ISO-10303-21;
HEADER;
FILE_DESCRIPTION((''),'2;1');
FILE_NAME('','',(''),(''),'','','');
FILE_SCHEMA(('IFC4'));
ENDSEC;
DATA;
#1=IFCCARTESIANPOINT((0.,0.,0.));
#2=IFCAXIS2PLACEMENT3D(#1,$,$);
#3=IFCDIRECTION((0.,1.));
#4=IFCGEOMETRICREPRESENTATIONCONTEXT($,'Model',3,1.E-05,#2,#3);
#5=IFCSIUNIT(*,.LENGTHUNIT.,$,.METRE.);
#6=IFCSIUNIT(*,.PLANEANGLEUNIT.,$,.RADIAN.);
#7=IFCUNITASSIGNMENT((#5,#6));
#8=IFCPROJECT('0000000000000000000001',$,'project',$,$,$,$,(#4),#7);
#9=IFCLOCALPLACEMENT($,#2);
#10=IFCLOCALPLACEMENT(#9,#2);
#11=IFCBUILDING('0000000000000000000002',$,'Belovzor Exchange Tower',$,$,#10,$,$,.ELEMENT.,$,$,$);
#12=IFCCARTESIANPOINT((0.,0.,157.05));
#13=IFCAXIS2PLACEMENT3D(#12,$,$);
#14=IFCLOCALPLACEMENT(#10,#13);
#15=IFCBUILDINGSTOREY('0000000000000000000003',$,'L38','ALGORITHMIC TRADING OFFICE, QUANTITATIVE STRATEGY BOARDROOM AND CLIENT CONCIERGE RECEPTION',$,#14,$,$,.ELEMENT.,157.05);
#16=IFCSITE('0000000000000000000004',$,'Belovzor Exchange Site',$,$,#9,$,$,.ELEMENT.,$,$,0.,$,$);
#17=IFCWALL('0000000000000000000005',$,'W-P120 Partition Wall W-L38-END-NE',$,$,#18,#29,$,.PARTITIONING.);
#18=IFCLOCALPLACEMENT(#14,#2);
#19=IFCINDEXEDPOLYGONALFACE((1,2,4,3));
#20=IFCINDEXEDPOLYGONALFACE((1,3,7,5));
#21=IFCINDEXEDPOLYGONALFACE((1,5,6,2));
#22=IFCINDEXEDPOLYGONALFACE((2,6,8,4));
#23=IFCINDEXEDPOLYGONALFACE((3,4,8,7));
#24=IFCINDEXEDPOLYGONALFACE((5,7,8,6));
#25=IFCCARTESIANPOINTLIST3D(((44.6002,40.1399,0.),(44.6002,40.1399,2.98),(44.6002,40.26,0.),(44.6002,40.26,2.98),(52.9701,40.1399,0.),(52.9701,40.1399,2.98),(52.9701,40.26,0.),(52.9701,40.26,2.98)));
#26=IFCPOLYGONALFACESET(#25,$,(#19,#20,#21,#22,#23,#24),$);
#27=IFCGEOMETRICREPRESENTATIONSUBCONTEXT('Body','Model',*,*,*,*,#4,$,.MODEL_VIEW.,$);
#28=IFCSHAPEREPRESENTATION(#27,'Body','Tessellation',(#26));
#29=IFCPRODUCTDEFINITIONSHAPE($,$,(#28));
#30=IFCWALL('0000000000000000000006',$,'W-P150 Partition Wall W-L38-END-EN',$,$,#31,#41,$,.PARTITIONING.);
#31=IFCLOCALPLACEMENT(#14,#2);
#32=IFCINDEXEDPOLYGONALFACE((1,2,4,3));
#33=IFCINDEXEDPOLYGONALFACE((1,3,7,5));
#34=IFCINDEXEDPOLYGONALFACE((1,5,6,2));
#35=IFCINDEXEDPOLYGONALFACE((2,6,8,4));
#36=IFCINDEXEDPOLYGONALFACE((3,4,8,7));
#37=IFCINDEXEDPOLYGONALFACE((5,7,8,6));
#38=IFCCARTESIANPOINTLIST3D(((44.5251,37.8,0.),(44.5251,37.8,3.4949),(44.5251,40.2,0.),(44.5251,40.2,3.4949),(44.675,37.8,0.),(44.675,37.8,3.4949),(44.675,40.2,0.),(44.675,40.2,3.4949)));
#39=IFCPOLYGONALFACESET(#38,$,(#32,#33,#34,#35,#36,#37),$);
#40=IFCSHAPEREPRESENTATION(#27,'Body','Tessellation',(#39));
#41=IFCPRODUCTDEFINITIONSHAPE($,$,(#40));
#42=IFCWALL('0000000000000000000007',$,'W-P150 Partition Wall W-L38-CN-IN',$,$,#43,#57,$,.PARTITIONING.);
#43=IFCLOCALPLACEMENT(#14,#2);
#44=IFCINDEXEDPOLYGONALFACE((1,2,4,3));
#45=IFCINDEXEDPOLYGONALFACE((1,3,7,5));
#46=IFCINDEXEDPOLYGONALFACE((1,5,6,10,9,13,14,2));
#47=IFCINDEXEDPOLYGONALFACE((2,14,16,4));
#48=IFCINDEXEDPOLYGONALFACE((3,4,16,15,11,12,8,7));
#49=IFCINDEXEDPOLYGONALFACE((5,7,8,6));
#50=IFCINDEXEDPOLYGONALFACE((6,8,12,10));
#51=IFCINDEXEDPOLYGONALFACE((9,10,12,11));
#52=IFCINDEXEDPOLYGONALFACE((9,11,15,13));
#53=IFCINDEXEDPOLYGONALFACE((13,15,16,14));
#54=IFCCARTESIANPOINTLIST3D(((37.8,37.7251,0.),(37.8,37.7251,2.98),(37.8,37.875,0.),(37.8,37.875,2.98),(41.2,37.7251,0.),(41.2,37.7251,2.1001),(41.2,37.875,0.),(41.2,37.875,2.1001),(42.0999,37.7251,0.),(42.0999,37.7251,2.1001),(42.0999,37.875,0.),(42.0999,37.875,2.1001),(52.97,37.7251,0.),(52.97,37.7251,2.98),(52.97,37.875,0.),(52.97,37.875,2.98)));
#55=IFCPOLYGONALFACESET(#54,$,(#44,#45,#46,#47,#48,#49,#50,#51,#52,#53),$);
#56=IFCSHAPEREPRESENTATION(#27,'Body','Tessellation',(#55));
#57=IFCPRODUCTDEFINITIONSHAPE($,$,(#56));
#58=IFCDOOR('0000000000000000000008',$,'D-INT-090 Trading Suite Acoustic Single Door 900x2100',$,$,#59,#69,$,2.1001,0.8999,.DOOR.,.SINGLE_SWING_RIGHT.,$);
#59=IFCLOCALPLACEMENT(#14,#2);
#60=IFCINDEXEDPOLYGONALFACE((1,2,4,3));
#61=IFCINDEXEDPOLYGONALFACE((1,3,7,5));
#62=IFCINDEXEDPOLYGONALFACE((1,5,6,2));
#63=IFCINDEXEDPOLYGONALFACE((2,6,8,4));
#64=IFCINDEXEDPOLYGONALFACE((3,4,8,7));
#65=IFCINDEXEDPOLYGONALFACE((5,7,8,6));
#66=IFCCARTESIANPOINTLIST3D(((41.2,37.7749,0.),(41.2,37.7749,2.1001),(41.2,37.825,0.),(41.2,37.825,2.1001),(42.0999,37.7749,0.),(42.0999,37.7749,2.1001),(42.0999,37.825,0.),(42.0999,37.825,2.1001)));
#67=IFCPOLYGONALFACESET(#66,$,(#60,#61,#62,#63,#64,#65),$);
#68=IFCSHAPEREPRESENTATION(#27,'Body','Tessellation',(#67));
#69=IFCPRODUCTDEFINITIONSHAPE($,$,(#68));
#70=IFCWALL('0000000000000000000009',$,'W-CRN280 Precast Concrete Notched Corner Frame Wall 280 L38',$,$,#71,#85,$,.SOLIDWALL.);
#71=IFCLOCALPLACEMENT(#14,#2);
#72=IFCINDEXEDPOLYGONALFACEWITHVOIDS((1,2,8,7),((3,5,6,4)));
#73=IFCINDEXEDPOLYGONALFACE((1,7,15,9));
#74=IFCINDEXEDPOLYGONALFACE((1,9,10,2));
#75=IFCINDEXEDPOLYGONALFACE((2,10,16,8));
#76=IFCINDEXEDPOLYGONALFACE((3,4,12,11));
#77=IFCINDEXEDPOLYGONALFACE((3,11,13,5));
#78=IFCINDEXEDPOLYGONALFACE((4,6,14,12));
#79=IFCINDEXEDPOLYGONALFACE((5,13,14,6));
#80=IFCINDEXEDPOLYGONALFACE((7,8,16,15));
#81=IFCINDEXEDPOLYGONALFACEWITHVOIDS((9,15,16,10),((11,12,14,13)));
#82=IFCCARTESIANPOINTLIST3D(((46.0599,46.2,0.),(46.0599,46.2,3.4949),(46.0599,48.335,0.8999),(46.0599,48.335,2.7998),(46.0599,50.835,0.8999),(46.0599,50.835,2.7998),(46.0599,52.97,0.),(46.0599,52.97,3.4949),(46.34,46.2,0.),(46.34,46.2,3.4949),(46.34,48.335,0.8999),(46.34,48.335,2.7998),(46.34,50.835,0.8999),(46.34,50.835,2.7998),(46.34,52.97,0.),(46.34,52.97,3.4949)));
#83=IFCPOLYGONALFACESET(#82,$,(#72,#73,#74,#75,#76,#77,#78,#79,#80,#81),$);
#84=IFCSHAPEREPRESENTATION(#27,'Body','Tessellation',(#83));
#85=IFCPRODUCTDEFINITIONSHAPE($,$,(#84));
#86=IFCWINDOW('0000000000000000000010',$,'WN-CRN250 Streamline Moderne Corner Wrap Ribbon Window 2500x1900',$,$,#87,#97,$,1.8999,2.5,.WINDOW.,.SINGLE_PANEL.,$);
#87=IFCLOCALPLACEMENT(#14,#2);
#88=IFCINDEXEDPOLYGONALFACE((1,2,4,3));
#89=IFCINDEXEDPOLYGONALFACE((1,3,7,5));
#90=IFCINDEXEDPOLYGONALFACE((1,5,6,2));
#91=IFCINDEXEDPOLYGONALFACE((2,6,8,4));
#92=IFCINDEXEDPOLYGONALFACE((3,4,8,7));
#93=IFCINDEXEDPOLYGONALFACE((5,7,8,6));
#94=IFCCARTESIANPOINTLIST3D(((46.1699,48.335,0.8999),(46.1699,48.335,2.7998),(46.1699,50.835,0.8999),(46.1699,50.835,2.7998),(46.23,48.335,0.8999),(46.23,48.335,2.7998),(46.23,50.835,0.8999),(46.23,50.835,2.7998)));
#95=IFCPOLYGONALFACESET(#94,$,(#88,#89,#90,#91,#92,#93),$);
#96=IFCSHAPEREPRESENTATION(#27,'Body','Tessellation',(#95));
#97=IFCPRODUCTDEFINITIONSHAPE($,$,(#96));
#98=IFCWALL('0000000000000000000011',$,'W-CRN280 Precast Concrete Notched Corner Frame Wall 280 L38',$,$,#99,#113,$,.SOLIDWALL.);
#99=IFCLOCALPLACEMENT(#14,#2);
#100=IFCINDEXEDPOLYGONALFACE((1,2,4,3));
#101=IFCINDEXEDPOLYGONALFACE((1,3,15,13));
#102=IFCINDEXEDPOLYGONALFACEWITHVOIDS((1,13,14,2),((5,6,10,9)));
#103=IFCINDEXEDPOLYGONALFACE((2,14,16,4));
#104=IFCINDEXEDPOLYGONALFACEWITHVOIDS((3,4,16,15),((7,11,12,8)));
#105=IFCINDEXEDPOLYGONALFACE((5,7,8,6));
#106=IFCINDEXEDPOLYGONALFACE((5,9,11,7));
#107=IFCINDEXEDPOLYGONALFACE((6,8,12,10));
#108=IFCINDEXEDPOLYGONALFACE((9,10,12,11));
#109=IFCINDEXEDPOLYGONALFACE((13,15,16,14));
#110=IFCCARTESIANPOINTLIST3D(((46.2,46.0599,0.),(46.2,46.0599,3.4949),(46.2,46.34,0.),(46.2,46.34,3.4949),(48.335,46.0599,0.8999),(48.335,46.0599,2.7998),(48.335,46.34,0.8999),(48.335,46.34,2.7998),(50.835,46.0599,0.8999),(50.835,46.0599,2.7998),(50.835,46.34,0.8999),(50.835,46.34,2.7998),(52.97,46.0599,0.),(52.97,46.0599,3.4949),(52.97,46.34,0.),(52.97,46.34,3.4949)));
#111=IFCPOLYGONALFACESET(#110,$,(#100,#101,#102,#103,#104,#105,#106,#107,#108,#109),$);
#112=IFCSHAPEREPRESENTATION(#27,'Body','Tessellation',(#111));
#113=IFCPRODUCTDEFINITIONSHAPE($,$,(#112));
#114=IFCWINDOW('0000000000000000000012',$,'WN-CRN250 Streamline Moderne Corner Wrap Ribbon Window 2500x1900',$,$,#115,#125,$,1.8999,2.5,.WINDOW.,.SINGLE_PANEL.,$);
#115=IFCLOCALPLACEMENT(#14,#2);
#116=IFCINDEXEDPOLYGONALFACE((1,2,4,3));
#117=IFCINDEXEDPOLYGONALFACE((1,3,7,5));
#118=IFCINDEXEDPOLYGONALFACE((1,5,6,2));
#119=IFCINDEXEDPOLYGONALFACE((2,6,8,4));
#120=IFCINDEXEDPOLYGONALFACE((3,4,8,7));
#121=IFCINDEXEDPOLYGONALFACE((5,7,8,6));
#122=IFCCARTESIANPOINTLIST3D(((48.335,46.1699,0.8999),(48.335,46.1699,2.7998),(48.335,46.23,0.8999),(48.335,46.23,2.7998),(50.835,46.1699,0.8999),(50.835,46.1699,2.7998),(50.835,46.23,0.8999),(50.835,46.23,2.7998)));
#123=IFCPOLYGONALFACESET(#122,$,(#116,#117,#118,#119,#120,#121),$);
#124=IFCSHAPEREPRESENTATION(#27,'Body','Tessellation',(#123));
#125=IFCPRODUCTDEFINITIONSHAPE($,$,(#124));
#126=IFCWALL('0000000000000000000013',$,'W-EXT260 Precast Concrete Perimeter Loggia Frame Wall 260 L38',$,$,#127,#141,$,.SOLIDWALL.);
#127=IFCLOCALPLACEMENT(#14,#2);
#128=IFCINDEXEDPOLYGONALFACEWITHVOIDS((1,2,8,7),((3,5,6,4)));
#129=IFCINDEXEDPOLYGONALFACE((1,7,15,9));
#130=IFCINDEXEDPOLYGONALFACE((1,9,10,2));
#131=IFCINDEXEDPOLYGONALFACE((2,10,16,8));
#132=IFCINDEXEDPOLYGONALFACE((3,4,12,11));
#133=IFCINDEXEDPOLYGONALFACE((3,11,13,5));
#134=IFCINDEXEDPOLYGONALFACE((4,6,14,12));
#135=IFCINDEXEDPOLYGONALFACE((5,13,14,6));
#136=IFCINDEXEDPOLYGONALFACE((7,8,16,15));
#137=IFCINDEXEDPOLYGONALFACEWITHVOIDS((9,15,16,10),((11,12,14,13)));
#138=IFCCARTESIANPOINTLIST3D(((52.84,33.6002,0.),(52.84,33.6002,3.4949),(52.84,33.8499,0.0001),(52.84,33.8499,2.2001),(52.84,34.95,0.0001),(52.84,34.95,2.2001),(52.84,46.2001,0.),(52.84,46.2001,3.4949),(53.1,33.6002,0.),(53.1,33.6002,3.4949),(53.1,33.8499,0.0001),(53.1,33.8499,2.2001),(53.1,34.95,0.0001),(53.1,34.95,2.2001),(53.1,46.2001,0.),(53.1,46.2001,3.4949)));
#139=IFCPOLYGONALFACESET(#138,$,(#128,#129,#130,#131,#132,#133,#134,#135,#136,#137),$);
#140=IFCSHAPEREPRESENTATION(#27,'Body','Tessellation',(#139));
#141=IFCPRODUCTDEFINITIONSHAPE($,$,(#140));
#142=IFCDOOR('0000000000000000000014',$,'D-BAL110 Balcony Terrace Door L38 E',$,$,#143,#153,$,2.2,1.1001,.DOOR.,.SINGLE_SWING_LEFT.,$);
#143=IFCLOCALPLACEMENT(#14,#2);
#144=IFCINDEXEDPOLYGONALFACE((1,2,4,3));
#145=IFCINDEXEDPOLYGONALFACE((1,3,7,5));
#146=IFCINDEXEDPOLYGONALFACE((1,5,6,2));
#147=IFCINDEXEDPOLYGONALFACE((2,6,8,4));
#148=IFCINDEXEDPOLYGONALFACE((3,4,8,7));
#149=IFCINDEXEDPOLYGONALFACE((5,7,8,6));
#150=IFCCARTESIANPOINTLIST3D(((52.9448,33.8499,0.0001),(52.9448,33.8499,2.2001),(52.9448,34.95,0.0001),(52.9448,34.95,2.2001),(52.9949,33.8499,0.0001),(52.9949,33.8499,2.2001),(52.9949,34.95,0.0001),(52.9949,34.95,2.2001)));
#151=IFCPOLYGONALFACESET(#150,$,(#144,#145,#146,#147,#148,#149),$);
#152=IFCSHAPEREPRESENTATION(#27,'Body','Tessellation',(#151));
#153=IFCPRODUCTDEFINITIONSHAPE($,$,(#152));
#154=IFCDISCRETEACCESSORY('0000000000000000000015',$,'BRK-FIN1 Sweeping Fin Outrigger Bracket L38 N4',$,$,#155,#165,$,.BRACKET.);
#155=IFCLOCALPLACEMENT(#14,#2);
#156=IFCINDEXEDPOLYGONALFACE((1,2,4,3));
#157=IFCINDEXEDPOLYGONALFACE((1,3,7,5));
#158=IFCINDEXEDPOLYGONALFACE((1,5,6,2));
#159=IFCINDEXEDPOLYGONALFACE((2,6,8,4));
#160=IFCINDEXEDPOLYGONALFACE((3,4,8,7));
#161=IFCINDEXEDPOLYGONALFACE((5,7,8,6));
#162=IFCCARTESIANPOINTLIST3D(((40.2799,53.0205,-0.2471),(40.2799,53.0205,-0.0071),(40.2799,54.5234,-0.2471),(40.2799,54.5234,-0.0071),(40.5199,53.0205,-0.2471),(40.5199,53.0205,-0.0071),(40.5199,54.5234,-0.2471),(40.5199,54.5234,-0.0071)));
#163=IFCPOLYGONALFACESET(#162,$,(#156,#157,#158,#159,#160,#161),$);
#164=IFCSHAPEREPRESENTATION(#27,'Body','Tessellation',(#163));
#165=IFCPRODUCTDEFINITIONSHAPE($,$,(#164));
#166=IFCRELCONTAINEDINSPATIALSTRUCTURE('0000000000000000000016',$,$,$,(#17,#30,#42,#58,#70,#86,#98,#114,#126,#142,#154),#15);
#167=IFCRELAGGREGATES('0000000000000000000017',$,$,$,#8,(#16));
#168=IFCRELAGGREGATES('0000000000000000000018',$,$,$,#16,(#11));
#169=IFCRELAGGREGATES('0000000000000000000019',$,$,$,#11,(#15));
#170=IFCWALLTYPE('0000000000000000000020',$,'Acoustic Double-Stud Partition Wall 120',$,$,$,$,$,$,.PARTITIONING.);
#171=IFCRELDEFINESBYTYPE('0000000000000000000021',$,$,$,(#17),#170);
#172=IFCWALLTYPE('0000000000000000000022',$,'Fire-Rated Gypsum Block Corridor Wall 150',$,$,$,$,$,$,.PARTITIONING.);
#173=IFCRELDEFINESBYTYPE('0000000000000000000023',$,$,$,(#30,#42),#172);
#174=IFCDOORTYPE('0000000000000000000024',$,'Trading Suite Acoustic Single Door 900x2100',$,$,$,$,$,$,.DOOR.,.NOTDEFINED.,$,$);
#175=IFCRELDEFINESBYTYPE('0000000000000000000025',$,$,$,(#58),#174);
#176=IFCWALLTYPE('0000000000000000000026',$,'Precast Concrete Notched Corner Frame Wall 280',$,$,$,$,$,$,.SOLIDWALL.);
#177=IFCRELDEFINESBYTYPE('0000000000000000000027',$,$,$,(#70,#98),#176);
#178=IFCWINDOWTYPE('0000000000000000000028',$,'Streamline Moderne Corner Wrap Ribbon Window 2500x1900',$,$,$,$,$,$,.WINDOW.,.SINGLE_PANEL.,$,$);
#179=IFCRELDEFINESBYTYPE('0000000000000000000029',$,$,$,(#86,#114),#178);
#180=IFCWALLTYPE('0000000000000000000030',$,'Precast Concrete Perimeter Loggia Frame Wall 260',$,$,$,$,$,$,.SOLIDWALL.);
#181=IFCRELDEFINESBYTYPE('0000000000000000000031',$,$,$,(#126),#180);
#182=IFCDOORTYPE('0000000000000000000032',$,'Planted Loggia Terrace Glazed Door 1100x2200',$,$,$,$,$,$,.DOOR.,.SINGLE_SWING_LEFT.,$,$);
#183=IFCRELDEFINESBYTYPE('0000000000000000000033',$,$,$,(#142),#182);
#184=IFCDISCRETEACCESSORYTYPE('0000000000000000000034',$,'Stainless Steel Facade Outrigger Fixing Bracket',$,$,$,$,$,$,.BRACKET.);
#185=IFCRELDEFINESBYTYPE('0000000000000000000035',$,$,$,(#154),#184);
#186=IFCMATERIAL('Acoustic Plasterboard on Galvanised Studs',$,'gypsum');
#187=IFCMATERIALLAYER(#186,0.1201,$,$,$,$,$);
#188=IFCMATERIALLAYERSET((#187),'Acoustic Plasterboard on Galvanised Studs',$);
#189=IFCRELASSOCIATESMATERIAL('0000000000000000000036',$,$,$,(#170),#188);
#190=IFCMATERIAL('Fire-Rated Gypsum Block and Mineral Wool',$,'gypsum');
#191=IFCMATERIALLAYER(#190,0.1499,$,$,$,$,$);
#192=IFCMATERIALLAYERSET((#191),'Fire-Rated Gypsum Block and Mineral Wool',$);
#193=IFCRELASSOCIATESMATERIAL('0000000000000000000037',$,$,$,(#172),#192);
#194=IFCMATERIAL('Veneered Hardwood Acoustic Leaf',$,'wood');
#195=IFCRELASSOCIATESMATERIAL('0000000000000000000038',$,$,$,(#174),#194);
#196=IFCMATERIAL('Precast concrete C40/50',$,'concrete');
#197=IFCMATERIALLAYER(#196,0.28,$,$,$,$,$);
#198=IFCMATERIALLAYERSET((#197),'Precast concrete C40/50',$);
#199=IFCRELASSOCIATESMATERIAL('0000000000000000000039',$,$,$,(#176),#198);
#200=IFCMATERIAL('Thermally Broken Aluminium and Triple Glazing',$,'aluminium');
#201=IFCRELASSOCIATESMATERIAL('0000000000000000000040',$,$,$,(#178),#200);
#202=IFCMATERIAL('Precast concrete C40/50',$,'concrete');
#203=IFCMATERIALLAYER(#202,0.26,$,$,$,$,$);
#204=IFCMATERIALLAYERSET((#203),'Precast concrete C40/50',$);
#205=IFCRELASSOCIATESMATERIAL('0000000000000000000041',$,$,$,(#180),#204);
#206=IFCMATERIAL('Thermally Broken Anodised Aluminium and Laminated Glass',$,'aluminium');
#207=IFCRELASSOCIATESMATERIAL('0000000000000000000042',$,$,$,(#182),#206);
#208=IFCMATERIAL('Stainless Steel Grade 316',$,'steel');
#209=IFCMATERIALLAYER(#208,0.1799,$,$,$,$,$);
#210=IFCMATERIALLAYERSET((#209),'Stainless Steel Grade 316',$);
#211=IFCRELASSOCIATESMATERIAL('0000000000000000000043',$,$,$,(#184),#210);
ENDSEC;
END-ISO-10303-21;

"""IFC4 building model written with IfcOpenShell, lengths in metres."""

from ifc_helpers import new_model, si_unit, direction, frame, frame_2d, origin, origin_2d, place, context, subcontext, project, spatial, rectangle, extrude, material, layer, layer_set, type_object, element, fill, save


model = new_model("IFC4")

# Units and contexts
model_context = context("Model", 3, precision=1e-05, world=origin(), true_north=direction((0.0, 1.0)))
body_context = subcontext(model_context, "Body", "Model", "MODEL_VIEW")
ifc_project = project(units=[si_unit("LENGTHUNIT", "METRE"), si_unit("PLANEANGLEUNIT", "RADIAN")], contexts=[model_context])

# Site, building, storey
site_placement = place(None, origin())
site = spatial("IfcSite", under=ifc_project, at=site_placement, Name="Belovzor Exchange Site", CompositionType="ELEMENT", RefElevation=0.0)
building_placement = place(site_placement, origin())
building = spatial("IfcBuilding", under=site, at=building_placement, Name="Belovzor Exchange Tower", CompositionType="ELEMENT")
storey_placement = place(building_placement, frame((0.0, 0.0, 157.05)))
storey = spatial("IfcBuildingStorey", under=building, at=storey_placement, Name="L38", Description="ALGORITHMIC TRADING OFFICE, QUANTITATIVE STRATEGY BOARDROOM AND CLIENT CONCIERGE RECEPTION", CompositionType="ELEMENT", Elevation=157.05)

# Walls
ifc_material_1 = material(Name="Acoustic Plasterboard on Galvanised Studs", Category="gypsum")
ifc_layer_1 = layer(ifc_material_1, 0.1201)
ifc_layer_set_1 = layer_set([ifc_layer_1], Name="Acoustic Plasterboard on Galvanised Studs")
wall_type_1 = type_object("IfcWallType", Name="Acoustic Double-Stud Partition Wall 120", PredefinedType="PARTITIONING", material=ifc_layer_set_1)
wall_1_placement = place(storey_placement, frame((44.6001, 40.2, 0.0), z_axis=(0.0, 0.0, 1.0), x_axis=(1.0, 0.0, 0.0)))
element("IfcWall", 1, at=wall_1_placement, inside=storey, type_object=wall_type_1, Name="W-P120 Partition Wall W-L38-END-NE", PredefinedType="PARTITIONING", context=body_context, shape_type="SweptSolid", body=[
    extrude(rectangle(XDim=8.3699, YDim=0.1201, at=frame_2d((4.1851, 0.0))), origin(), (0.0, 0.0, 1.0), 2.98),
])
ifc_material_2 = material(Name="Fire-Rated Gypsum Block and Mineral Wool", Category="gypsum")
ifc_layer_2 = layer(ifc_material_2, 0.1499)
ifc_layer_set_2 = layer_set([ifc_layer_2], Name="Fire-Rated Gypsum Block and Mineral Wool")
wall_type_2 = type_object("IfcWallType", Name="Fire-Rated Gypsum Block Corridor Wall 150", PredefinedType="PARTITIONING", material=ifc_layer_set_2)
wall_2_placement = place(storey_placement, frame((44.6001, 37.8, 0.0), z_axis=(0.0, 0.0, 1.0), x_axis=(0.0, 1.0, 0.0)))
element("IfcWall", 2, at=wall_2_placement, inside=storey, type_object=wall_type_2, Name="W-P150 Partition Wall W-L38-END-EN", PredefinedType="PARTITIONING", context=body_context, shape_type="SweptSolid", body=[
    extrude(rectangle(XDim=2.3999, YDim=0.1499, at=frame_2d((1.2, 0.0))), origin(), (0.0, 0.0, 1.0), 3.4949),
])

# Wall, opening, door
wall_3_placement = place(storey_placement, frame((37.8, 37.8, 0.0), z_axis=(0.0, 0.0, 1.0), x_axis=(1.0, 0.0, 0.0)))
wall_3 = element("IfcWall", 3, at=wall_3_placement, inside=storey, type_object=wall_type_2, Name="W-P150 Partition Wall W-L38-CN-IN", PredefinedType="PARTITIONING", context=body_context, shape_type="SweptSolid", body=[
    extrude(rectangle(XDim=15.1699, YDim=0.1499, at=frame_2d((7.585, 0.0))), origin(), (0.0, 0.0, 1.0), 2.98),
])
opening_1_placement = place(wall_3_placement, frame((3.3999, 0.0, 0.0)))
opening_1 = element("IfcOpeningElement", 4, at=opening_1_placement, cuts=wall_3, PredefinedType="OPENING", context=body_context, shape_type="SweptSolid", body=[
    extrude(rectangle(XDim=0.8999, YDim=2.1001, at=frame_2d((0.45, 1.05))), frame((0.0, 0.085, 0.0), z_axis=(0.0, -1.0, 0.0), x_axis=(1.0, 0.0, 0.0)), (0.0, 0.0, 1.0), 0.1699),
])
ifc_material_3 = material(Name="Veneered Hardwood Acoustic Leaf", Category="wood")
door_type_1 = type_object("IfcDoorType", Name="Trading Suite Acoustic Single Door 900x2100", OperationType="NOTDEFINED", PredefinedType="DOOR", material=ifc_material_3)
door_1_placement = place(opening_1_placement, origin())
door_1 = element("IfcDoor", 5, at=door_1_placement, inside=storey, type_object=door_type_1, Name="D-INT-090 Trading Suite Acoustic Single Door 900x2100", OperationType="SINGLE_SWING_RIGHT", OverallHeight=2.1001, OverallWidth=0.8999, PredefinedType="DOOR", context=body_context, shape_type="SweptSolid", body=[
    extrude(rectangle(XDim=0.8999, YDim=2.1001, at=frame_2d((0.45, 1.05))), frame((0.0, 0.0249, 0.0), z_axis=(0.0, -1.0, 0.0), x_axis=(1.0, 0.0, 0.0)), (0.0, 0.0, 1.0), 0.05),
])
fill(opening_1, door_1)

# Walls, openings, windows
ifc_material_4 = material(Name="Precast concrete C40/50", Category="concrete")
ifc_layer_3 = layer(ifc_material_4, 0.28)
ifc_layer_set_3 = layer_set([ifc_layer_3], Name="Precast concrete C40/50")
wall_type_3 = type_object("IfcWallType", Name="Precast Concrete Notched Corner Frame Wall 280", PredefinedType="SOLIDWALL", material=ifc_layer_set_3)
wall_4_placement = place(storey_placement, frame((46.2, 52.97, 0.0), z_axis=(0.0, 0.0, 1.0), x_axis=(0.0, -1.0, 0.0)))
wall_4 = element("IfcWall", 6, at=wall_4_placement, inside=storey, type_object=wall_type_3, Name="W-CRN280 Precast Concrete Notched Corner Frame Wall 280 L38", PredefinedType="SOLIDWALL", context=body_context, shape_type="SweptSolid", body=[
    extrude(rectangle(XDim=6.77, YDim=0.28, at=frame_2d((3.385, 0.0))), origin(), (0.0, 0.0, 1.0), 3.4949),
])
opening_2_placement = place(wall_4_placement, frame((2.135, 0.0, 0.8999)))
opening_2 = element("IfcOpeningElement", 7, at=opening_2_placement, cuts=wall_4, PredefinedType="OPENING", context=body_context, shape_type="SweptSolid", body=[
    extrude(rectangle(XDim=2.5, YDim=1.8999, at=frame_2d((1.25, 0.95))), frame((0.0, 0.1499, 0.0), z_axis=(0.0, -1.0, 0.0), x_axis=(1.0, 0.0, 0.0)), (0.0, 0.0, 1.0), 0.3),
])
ifc_material_5 = material(Name="Thermally Broken Aluminium and Triple Glazing", Category="aluminium")
window_type = type_object("IfcWindowType", Name="Streamline Moderne Corner Wrap Ribbon Window 2500x1900", PartitioningType="SINGLE_PANEL", PredefinedType="WINDOW", material=ifc_material_5)
window_1_placement = place(opening_2_placement, origin())
window_1 = element("IfcWindow", 8, at=window_1_placement, inside=storey, type_object=window_type, Name="WN-CRN250 Streamline Moderne Corner Wrap Ribbon Window 2500x1900", OverallHeight=1.8999, OverallWidth=2.5, PartitioningType="SINGLE_PANEL", PredefinedType="WINDOW", context=body_context, shape_type="SweptSolid", body=[
    extrude(rectangle(XDim=2.5, YDim=1.8999, at=frame_2d((1.25, 0.95))), frame((0.0, 0.03, 0.0), z_axis=(0.0, -1.0, 0.0), x_axis=(1.0, 0.0, 0.0)), (0.0, 0.0, 1.0), 0.0601),
])
fill(opening_2, window_1)
wall_5_placement = place(storey_placement, frame((46.2, 46.2, 0.0), z_axis=(0.0, 0.0, 1.0), x_axis=(1.0, 0.0, 0.0)))
wall_5 = element("IfcWall", 9, at=wall_5_placement, inside=storey, type_object=wall_type_3, Name="W-CRN280 Precast Concrete Notched Corner Frame Wall 280 L38", PredefinedType="SOLIDWALL", context=body_context, shape_type="SweptSolid", body=[
    extrude(rectangle(XDim=6.77, YDim=0.28, at=frame_2d((3.385, 0.0))), origin(), (0.0, 0.0, 1.0), 3.4949),
])
opening_3_placement = place(wall_5_placement, frame((2.135, 0.0, 0.8999)))
opening_3 = element("IfcOpeningElement", 10, at=opening_3_placement, cuts=wall_5, PredefinedType="OPENING", context=body_context, shape_type="SweptSolid", body=[
    extrude(rectangle(XDim=2.5, YDim=1.8999, at=frame_2d((1.25, 0.95))), frame((0.0, 0.1499, 0.0), z_axis=(0.0, -1.0, 0.0), x_axis=(1.0, 0.0, 0.0)), (0.0, 0.0, 1.0), 0.3),
])
window_2_placement = place(opening_3_placement, origin())
window_2 = element("IfcWindow", 11, at=window_2_placement, inside=storey, type_object=window_type, Name="WN-CRN250 Streamline Moderne Corner Wrap Ribbon Window 2500x1900", OverallHeight=1.8999, OverallWidth=2.5, PartitioningType="SINGLE_PANEL", PredefinedType="WINDOW", context=body_context, shape_type="SweptSolid", body=[
    extrude(rectangle(XDim=2.5, YDim=1.8999, at=frame_2d((1.25, 0.95))), frame((0.0, 0.03, 0.0), z_axis=(0.0, -1.0, 0.0), x_axis=(1.0, 0.0, 0.0)), (0.0, 0.0, 1.0), 0.0601),
])
fill(opening_3, window_2)

# Wall, opening, door
ifc_material_6 = material(Name="Precast concrete C40/50", Category="concrete")
ifc_layer_4 = layer(ifc_material_6, 0.26)
ifc_layer_set_4 = layer_set([ifc_layer_4], Name="Precast concrete C40/50")
wall_type_4 = type_object("IfcWallType", Name="Precast Concrete Perimeter Loggia Frame Wall 260", PredefinedType="SOLIDWALL", material=ifc_layer_set_4)
wall_6_placement = place(storey_placement, frame((52.97, 46.2, 0.0), z_axis=(0.0, 0.0, 1.0), x_axis=(0.0, -1.0, 0.0)))
wall_6 = element("IfcWall", 12, at=wall_6_placement, inside=storey, type_object=wall_type_4, Name="W-EXT260 Precast Concrete Perimeter Loggia Frame Wall 260 L38", PredefinedType="SOLIDWALL", context=body_context, shape_type="SweptSolid", body=[
    extrude(rectangle(XDim=12.5999, YDim=0.26, at=frame_2d((6.2998, 0.0))), origin(), (0.0, 0.0, 1.0), 3.4949),
])
opening_4_placement = place(wall_6_placement, frame((11.25, 0.0, 0.0)))
opening_4 = element("IfcOpeningElement", 13, at=opening_4_placement, cuts=wall_6, PredefinedType="OPENING", context=body_context, shape_type="SweptSolid", body=[
    extrude(rectangle(XDim=1.1001, YDim=2.2, at=frame_2d((0.55, 1.1001))), frame((0.0, 0.1399, 0.0), z_axis=(0.0, -1.0, 0.0), x_axis=(1.0, 0.0, 0.0)), (0.0, 0.0, 1.0), 0.28),
])
ifc_material_7 = material(Name="Thermally Broken Anodised Aluminium and Laminated Glass", Category="aluminium")
door_type_2 = type_object("IfcDoorType", Name="Planted Loggia Terrace Glazed Door 1100x2200", OperationType="SINGLE_SWING_LEFT", PredefinedType="DOOR", material=ifc_material_7)
door_2_placement = place(opening_4_placement, origin())
door_2 = element("IfcDoor", 14, at=door_2_placement, inside=storey, type_object=door_type_2, Name="D-BAL110 Balcony Terrace Door L38 E", OperationType="SINGLE_SWING_LEFT", OverallHeight=2.2, OverallWidth=1.1001, PredefinedType="DOOR", context=body_context, shape_type="SweptSolid", body=[
    extrude(rectangle(XDim=1.1001, YDim=2.2, at=frame_2d((0.55, 1.1001))), frame((0.0, 0.0249, 0.0), z_axis=(0.0, -1.0, 0.0), x_axis=(1.0, 0.0, 0.0)), (0.0, 0.0, 1.0), 0.05),
])
fill(opening_4, door_2)

# Discrete accessory
ifc_material_8 = material(Name="Stainless Steel Grade 316", Category="steel")
ifc_layer_5 = layer(ifc_material_8, 0.1799)
ifc_layer_set_5 = layer_set([ifc_layer_5], Name="Stainless Steel Grade 316")
discrete_accessory_type = type_object("IfcDiscreteAccessoryType", Name="Stainless Steel Facade Outrigger Fixing Bracket", PredefinedType="BRACKET", material=ifc_layer_set_5)
for number, where, z_axis, x_axis, name in (
    (15, (40.3999, 53.772, -0.2471), (0.0, 0.0, 1.0), (0.0, 1.0, 0.0), "BRK-FIN1 Sweeping Fin Outrigger Bracket L38 N4"),
):
    element("IfcDiscreteAccessory", number, at=place(storey_placement, frame(where, z_axis=z_axis, x_axis=x_axis)), inside=storey, type_object=discrete_accessory_type, Name=name, PredefinedType="BRACKET", context=body_context, shape_type="SweptSolid", body=[
        extrude(rectangle(XDim=1.5029, YDim=0.24, at=origin_2d()), origin(), (0.0, 0.0, 1.0), 0.24),
    ])

save(model, "model.ifc")
